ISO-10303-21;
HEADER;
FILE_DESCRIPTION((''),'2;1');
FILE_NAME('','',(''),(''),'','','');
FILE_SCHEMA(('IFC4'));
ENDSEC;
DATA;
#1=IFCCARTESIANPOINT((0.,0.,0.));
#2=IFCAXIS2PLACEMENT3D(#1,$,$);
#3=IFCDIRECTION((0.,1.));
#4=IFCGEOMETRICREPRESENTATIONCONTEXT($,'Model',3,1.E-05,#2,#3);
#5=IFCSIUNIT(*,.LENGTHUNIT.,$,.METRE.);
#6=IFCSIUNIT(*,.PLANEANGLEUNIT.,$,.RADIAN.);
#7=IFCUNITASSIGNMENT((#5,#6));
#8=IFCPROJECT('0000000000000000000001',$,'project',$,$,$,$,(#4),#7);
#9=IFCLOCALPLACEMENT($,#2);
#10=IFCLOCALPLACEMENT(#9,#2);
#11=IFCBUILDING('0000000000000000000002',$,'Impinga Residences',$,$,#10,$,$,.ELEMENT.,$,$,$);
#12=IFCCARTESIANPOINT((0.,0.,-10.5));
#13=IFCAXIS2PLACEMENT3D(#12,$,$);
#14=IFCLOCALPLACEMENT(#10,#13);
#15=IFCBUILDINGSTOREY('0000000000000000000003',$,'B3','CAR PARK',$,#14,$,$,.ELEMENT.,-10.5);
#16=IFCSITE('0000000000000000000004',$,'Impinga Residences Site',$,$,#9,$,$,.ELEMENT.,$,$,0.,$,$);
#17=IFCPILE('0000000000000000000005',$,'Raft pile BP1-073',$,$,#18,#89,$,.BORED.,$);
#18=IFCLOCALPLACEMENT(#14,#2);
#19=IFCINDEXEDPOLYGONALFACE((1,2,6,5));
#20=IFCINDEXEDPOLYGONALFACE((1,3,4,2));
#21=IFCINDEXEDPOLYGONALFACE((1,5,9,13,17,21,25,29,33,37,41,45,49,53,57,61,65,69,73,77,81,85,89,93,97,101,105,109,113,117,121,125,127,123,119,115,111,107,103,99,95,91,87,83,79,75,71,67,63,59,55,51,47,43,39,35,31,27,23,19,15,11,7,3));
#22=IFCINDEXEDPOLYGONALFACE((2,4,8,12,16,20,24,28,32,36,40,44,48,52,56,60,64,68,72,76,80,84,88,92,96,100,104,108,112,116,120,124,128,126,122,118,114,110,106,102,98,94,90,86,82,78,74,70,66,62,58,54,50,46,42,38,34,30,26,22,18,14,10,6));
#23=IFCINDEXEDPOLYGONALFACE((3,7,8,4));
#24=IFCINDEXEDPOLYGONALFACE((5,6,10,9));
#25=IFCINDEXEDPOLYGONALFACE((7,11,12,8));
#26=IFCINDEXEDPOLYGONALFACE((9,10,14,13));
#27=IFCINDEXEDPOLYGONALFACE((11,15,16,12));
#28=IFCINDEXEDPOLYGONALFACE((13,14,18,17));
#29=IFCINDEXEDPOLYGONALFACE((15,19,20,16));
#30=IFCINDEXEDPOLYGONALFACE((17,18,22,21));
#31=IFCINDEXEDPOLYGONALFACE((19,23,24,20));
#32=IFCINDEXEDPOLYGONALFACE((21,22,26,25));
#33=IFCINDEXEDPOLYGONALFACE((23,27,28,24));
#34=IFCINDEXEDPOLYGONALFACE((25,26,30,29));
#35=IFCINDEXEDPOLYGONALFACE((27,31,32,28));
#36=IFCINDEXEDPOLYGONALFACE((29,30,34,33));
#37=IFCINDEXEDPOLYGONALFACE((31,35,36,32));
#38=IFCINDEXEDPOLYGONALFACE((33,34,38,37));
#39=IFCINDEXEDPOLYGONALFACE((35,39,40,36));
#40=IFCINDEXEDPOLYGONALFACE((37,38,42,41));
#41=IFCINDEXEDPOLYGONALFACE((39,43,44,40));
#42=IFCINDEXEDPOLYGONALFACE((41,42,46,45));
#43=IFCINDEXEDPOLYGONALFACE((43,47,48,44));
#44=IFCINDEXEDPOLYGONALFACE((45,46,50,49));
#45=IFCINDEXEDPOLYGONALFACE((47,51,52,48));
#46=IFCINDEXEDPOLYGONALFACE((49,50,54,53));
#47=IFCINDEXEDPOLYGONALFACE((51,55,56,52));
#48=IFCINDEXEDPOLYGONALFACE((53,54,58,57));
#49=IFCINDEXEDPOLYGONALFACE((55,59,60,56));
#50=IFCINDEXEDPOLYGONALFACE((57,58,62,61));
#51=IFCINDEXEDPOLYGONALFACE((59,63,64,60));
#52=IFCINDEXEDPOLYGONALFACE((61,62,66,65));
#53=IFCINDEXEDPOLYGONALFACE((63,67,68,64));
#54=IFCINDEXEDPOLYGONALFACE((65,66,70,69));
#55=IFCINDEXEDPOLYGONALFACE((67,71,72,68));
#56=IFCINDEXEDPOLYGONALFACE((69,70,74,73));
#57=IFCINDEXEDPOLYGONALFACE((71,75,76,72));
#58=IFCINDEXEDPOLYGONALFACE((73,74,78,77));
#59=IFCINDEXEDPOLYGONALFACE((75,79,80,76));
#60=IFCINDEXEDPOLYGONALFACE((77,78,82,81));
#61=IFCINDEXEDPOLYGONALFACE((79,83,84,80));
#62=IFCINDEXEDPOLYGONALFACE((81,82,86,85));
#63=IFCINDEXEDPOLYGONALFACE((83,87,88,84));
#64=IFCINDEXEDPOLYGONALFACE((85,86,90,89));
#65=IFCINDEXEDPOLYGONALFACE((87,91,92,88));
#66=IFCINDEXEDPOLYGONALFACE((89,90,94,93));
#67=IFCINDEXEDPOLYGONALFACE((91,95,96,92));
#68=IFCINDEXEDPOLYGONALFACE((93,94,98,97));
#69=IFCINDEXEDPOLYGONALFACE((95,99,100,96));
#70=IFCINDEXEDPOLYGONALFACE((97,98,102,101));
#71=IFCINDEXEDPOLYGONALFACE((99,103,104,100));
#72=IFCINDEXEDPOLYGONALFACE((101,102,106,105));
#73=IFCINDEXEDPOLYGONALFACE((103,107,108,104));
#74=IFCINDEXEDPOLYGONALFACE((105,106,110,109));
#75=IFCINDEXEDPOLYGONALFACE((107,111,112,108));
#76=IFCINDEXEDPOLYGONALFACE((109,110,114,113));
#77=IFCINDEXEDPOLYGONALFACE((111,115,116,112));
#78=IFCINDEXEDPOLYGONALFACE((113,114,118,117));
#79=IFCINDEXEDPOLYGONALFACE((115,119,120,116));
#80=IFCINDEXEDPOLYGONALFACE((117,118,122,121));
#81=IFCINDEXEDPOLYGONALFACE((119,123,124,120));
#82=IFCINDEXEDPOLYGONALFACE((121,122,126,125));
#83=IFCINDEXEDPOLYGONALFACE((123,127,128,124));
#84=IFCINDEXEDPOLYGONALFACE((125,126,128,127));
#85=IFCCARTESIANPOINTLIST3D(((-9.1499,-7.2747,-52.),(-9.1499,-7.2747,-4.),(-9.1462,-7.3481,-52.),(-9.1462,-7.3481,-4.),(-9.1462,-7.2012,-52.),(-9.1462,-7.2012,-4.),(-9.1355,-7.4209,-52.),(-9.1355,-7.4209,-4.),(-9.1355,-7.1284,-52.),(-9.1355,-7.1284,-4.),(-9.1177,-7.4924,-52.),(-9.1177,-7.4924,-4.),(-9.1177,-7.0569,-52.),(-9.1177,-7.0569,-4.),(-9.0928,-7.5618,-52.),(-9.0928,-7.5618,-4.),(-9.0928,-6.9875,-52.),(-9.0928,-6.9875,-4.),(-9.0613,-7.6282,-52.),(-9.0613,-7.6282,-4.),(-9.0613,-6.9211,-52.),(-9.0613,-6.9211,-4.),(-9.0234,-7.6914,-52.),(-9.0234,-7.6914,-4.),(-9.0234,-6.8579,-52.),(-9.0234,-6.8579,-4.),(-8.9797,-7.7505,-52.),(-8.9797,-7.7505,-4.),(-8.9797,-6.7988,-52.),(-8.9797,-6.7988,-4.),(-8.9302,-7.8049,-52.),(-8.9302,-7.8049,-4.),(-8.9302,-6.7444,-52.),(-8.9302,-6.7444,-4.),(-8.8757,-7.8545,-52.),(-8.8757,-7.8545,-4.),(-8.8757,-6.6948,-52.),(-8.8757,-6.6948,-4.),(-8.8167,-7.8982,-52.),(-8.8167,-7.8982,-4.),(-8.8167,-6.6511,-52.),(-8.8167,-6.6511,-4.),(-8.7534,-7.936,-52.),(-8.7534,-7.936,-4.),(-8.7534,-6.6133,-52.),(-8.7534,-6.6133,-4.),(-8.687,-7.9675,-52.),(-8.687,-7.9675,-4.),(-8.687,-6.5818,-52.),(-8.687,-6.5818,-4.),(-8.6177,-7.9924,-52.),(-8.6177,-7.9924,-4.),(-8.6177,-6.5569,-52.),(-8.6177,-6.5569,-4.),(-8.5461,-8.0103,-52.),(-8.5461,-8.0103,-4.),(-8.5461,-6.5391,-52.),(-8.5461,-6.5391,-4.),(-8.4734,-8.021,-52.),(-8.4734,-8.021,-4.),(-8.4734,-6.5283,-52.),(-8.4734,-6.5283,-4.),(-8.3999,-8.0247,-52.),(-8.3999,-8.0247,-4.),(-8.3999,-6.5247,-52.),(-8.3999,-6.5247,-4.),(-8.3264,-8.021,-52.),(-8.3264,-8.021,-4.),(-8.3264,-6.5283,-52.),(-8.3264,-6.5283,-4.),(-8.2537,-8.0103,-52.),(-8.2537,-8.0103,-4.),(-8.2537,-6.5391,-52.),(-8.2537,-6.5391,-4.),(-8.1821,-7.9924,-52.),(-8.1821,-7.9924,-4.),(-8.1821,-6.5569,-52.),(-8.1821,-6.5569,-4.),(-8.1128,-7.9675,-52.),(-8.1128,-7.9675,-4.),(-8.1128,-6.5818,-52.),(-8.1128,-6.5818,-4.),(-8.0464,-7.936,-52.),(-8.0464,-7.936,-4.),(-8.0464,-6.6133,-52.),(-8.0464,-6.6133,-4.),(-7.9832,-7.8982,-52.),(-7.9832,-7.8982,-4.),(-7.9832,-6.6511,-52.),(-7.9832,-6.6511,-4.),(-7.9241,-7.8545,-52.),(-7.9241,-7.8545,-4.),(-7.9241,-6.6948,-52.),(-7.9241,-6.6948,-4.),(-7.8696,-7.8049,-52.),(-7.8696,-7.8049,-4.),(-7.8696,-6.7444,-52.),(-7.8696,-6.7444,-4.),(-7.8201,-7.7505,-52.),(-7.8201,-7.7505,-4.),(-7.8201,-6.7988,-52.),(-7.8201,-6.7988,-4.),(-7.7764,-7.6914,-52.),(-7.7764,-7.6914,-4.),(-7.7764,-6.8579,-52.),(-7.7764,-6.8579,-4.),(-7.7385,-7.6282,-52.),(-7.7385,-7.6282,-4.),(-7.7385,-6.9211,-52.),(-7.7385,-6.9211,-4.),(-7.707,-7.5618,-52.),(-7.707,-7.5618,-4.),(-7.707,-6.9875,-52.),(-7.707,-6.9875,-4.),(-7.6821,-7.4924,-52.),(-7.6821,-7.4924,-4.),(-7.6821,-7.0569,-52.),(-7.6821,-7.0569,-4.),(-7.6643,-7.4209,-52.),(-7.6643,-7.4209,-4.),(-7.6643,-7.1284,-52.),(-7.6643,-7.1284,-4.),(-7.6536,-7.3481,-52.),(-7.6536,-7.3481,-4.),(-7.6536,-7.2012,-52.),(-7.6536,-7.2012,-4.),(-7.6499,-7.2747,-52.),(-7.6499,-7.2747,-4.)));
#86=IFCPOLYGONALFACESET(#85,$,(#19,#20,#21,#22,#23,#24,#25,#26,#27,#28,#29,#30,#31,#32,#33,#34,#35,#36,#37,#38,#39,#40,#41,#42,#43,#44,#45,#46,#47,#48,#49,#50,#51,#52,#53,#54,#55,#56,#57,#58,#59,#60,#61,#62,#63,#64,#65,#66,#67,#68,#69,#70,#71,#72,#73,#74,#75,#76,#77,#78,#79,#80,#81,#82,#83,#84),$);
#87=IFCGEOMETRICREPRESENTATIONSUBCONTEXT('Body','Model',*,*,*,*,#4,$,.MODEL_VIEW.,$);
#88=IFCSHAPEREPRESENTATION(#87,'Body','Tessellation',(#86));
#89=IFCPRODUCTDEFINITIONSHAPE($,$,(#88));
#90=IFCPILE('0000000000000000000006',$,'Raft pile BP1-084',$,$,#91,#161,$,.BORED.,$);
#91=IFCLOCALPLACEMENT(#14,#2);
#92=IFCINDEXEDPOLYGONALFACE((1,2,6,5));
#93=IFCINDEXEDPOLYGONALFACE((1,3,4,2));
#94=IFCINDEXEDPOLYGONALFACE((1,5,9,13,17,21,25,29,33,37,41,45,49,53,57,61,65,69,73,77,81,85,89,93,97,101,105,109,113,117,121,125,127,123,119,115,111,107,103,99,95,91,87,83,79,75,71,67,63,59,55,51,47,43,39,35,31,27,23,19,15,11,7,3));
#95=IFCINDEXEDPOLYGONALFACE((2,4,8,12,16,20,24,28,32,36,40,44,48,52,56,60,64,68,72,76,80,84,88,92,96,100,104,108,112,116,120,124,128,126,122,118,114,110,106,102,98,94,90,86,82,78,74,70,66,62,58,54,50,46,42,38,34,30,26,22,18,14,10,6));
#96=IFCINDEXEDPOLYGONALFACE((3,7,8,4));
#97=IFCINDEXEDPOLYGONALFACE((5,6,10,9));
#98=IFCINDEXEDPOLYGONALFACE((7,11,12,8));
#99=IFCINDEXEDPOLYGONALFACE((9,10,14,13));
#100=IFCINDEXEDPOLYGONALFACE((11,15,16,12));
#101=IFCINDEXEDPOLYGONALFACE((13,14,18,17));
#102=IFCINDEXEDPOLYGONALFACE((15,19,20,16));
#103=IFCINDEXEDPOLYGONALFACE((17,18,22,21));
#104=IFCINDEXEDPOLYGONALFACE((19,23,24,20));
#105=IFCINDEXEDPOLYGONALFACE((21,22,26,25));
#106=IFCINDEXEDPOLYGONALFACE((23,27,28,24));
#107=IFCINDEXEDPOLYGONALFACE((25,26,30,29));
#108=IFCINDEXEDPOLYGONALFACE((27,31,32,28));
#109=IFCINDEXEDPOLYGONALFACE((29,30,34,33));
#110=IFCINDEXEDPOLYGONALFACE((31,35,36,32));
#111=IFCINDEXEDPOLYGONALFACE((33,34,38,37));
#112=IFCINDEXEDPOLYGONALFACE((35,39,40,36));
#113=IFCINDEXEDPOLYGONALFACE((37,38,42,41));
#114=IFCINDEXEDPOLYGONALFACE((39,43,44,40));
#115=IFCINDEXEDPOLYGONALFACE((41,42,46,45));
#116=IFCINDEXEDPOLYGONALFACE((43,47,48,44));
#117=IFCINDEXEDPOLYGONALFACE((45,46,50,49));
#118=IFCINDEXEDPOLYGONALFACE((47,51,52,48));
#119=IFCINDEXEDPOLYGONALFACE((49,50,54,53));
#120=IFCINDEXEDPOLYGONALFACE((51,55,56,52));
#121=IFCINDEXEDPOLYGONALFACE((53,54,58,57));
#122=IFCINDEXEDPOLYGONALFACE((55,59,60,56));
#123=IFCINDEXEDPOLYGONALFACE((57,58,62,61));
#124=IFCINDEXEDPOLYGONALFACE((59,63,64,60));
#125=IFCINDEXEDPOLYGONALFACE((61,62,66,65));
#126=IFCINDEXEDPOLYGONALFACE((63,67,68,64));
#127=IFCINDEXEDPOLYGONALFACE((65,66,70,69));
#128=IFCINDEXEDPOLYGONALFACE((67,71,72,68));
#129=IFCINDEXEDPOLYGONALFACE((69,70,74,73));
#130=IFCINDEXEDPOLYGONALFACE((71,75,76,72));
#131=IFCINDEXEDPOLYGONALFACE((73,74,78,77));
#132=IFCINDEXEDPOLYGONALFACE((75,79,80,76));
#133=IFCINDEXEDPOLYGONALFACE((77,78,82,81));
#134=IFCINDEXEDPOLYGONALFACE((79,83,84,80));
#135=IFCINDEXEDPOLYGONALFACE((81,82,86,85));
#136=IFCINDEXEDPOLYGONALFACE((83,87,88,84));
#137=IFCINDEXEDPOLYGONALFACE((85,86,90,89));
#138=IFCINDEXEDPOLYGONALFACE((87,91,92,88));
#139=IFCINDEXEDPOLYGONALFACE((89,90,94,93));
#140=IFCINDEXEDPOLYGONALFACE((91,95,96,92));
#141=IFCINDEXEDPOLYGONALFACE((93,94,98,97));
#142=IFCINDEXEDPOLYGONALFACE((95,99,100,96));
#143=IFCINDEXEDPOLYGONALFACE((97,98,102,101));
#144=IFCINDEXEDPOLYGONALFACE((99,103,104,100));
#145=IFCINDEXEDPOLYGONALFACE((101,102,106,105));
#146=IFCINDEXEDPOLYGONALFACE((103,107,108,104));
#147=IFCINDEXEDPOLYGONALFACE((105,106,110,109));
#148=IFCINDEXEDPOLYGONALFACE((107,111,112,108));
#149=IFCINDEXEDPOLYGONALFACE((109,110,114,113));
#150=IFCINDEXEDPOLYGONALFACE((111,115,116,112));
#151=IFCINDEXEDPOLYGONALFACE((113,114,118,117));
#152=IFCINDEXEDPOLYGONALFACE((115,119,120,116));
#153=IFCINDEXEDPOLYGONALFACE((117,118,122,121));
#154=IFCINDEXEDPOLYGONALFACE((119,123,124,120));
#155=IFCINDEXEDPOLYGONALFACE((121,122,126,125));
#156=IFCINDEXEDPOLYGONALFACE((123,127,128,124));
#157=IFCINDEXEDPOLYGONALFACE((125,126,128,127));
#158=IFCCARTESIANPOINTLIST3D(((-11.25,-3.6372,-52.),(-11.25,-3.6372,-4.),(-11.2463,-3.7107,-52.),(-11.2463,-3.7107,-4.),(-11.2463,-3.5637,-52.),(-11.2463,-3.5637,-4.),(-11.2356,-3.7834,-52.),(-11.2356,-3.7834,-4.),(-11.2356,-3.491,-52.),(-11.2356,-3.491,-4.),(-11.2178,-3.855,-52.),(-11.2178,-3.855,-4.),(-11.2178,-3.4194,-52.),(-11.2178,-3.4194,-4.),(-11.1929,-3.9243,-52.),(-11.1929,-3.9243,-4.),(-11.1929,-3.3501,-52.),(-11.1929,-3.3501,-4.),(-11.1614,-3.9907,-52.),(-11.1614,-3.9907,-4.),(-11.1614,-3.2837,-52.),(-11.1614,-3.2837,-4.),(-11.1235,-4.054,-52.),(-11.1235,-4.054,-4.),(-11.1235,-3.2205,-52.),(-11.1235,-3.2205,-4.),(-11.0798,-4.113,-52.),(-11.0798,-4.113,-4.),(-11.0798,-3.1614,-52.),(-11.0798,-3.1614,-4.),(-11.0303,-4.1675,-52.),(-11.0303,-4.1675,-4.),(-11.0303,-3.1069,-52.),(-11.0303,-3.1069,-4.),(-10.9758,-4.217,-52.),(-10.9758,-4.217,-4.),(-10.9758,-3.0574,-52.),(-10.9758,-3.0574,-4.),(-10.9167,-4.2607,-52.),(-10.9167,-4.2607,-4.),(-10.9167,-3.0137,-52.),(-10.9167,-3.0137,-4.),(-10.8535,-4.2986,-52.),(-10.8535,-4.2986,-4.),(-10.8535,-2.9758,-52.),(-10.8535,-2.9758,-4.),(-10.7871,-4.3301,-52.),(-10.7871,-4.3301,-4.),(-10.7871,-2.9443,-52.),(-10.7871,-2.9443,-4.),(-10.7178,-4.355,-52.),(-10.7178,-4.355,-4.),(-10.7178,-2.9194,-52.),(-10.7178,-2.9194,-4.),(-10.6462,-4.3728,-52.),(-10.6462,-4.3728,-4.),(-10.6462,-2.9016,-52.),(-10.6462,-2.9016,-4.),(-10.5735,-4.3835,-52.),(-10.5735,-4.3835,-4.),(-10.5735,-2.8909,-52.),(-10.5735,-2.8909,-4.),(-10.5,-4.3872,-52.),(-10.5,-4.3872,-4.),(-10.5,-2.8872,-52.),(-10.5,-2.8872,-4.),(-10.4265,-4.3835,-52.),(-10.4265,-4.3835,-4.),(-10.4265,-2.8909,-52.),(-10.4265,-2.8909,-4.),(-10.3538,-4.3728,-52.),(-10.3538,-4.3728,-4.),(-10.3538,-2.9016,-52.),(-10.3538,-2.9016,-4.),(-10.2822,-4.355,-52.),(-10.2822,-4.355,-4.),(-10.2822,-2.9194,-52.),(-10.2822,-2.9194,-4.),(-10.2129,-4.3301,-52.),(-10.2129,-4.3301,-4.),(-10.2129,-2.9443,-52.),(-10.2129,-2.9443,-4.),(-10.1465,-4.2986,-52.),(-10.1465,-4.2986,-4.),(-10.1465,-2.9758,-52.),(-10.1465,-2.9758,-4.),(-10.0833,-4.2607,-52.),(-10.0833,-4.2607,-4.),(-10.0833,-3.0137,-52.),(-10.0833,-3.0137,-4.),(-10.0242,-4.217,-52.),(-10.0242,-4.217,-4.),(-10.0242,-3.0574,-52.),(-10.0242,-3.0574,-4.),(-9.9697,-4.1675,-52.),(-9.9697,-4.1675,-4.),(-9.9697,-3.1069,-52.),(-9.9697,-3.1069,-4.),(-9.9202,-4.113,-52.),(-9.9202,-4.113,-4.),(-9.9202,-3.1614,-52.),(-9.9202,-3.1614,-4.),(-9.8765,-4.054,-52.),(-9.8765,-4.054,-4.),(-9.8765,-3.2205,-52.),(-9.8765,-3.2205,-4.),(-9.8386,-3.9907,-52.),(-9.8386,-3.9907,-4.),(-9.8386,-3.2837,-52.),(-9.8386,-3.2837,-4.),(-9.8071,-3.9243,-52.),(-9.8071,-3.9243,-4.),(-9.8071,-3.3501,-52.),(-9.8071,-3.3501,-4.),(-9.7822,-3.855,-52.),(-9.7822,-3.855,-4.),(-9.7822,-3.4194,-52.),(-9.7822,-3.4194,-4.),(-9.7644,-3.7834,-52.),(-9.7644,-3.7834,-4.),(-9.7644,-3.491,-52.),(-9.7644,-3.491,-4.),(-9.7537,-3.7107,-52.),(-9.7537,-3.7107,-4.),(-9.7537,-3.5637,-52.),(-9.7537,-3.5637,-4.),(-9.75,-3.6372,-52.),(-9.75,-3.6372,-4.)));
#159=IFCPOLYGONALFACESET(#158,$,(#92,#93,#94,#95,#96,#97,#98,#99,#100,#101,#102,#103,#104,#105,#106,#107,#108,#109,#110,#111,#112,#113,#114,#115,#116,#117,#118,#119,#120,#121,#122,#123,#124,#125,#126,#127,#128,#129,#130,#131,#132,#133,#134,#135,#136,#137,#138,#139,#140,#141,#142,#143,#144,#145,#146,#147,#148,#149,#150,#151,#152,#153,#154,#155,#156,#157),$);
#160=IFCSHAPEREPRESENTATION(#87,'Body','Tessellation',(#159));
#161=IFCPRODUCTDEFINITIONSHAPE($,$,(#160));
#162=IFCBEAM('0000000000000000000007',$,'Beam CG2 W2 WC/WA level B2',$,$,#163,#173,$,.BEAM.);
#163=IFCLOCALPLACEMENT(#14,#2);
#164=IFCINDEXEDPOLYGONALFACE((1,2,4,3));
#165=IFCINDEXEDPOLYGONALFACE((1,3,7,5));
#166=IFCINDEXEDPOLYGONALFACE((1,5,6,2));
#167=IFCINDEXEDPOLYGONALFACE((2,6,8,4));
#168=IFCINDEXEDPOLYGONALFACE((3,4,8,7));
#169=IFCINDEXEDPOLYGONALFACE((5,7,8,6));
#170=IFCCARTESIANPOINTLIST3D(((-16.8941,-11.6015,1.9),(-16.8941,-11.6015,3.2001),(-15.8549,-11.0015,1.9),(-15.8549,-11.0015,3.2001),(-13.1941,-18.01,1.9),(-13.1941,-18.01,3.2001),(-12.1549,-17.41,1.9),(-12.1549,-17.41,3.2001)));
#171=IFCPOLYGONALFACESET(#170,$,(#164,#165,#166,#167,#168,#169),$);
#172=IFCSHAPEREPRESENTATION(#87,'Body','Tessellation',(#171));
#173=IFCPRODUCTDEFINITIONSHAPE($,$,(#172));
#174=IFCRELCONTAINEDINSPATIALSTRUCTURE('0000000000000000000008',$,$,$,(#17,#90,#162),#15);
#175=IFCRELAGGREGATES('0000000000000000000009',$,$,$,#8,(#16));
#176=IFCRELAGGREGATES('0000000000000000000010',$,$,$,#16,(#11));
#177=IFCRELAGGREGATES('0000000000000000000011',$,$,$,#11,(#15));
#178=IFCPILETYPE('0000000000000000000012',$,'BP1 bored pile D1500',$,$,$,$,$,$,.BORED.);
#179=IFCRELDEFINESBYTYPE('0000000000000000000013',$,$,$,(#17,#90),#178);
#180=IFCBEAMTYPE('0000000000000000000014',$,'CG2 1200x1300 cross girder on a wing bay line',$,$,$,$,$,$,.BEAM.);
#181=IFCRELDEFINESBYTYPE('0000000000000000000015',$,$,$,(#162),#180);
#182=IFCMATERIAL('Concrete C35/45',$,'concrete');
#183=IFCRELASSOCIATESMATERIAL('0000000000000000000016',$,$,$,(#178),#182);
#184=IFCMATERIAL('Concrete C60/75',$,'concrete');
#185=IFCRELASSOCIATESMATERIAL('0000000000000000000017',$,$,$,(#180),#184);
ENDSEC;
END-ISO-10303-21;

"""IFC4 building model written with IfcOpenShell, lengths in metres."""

from ifc_helpers import new_model, si_unit, direction, frame, origin, origin_2d, place, context, subcontext, project, spatial, polyline, rectangle, circle, outline, extrude, material, material_profile, profile_set, type_object, element, save


model = new_model("IFC4")

# Units and contexts
model_context = context("Model", 3, precision=1e-05, world=origin(), true_north=direction((0.0, 1.0)))
body_context = subcontext(model_context, "Body", "Model", "MODEL_VIEW")
ifc_project = project(units=[si_unit("LENGTHUNIT", "METRE"), si_unit("PLANEANGLEUNIT", "RADIAN")], contexts=[model_context])

# Site, building, storey
site_placement = place(None, origin())
site = spatial("IfcSite", under=ifc_project, at=site_placement, Name="Impinga Residences Site", CompositionType="ELEMENT", RefElevation=0.0)
building_placement = place(site_placement, origin())
building = spatial("IfcBuilding", under=site, at=building_placement, Name="Impinga Residences", CompositionType="ELEMENT")
storey_placement = place(building_placement, frame((0.0, 0.0, -10.5)))
storey = spatial("IfcBuildingStorey", under=building, at=storey_placement, Name="B3", Description="CAR PARK", CompositionType="ELEMENT", Elevation=-10.5)

# Piles
ifc_material_1 = material(Name="Concrete C35/45", Category="concrete")
ifc_material_profile_1 = material_profile(ifc_material_1, circle(Radius=0.75, at=origin_2d()), Name="D1500")
ifc_profile_set_1 = profile_set([ifc_material_profile_1], Name="Concrete C35/45")
pile_type = type_object("IfcPileType", Name="BP1 bored pile D1500", PredefinedType="BORED", material=ifc_profile_set_1)
pile_1_placement = place(storey_placement, frame((-8.3999, -7.2747, -4.0), z_axis=(0.0, 0.0, -1.0), x_axis=(1.0, 0.0, 0.0)))
element("IfcPile", 1, at=pile_1_placement, inside=storey, type_object=pile_type, Name="Raft pile BP1-073", PredefinedType="BORED", context=body_context, shape_type="SweptSolid", body=[
    extrude(outline(polyline([(0.75, 0.0), (0.7463, 0.0735), (0.7356, 0.1462), (0.7178, 0.2178), (0.6929, 0.2871), (0.6614, 0.3535), (0.6235, 0.4167), (0.5798, 0.4758), (0.5303, 0.5303), (0.4758, 0.5798), (0.4167, 0.6235), (0.3535, 0.6614), (0.2871, 0.6929), (0.2178, 0.7178), (0.1462, 0.7356), (0.0735, 0.7463), (0.0, 0.75), (-0.0735, 0.7463), (-0.1462, 0.7356), (-0.2178, 0.7178), (-0.2871, 0.6929), (-0.3535, 0.6614), (-0.4167, 0.6235), (-0.4758, 0.5798), (-0.5303, 0.5303), (-0.5798, 0.4758), (-0.6235, 0.4167), (-0.6614, 0.3535), (-0.6929, 0.2871), (-0.7178, 0.2178), (-0.7356, 0.1462), (-0.7463, 0.0735), (-0.75, 0.0), (-0.7463, -0.0735), (-0.7356, -0.1462), (-0.7178, -0.2178), (-0.6929, -0.2871), (-0.6614, -0.3535), (-0.6235, -0.4167), (-0.5798, -0.4758), (-0.5303, -0.5303), (-0.4758, -0.5798), (-0.4167, -0.6235), (-0.3535, -0.6614), (-0.2871, -0.6929), (-0.2178, -0.7178), (-0.1462, -0.7356), (-0.0735, -0.7463), (0.0, -0.75), (0.0735, -0.7463), (0.1462, -0.7356), (0.2178, -0.7178), (0.2871, -0.6929), (0.3535, -0.6614), (0.4167, -0.6235), (0.4758, -0.5798), (0.5303, -0.5303), (0.5798, -0.4758), (0.6235, -0.4167), (0.6614, -0.3535), (0.6929, -0.2871), (0.7178, -0.2178), (0.7356, -0.1462), (0.7463, -0.0735), (0.75, 0.0)])), origin(), (0.0, 0.0, 1.0), 48.0),
])
pile_2_placement = place(storey_placement, frame((-10.5, -3.6372, -4.0), z_axis=(0.0, 0.0, -1.0), x_axis=(1.0, 0.0, 0.0)))
element("IfcPile", 2, at=pile_2_placement, inside=storey, type_object=pile_type, Name="Raft pile BP1-084", PredefinedType="BORED", context=body_context, shape_type="SweptSolid", body=[
    extrude(outline(polyline([(0.75, 0.0), (0.7463, 0.0735), (0.7356, 0.1462), (0.7178, 0.2178), (0.6929, 0.2871), (0.6614, 0.3535), (0.6235, 0.4167), (0.5798, 0.4758), (0.5303, 0.5303), (0.4758, 0.5798), (0.4167, 0.6235), (0.3535, 0.6614), (0.2871, 0.6929), (0.2178, 0.7178), (0.1462, 0.7356), (0.0735, 0.7463), (0.0, 0.75), (-0.0735, 0.7463), (-0.1462, 0.7356), (-0.2178, 0.7178), (-0.2871, 0.6929), (-0.3535, 0.6614), (-0.4167, 0.6235), (-0.4758, 0.5798), (-0.5303, 0.5303), (-0.5798, 0.4758), (-0.6235, 0.4167), (-0.6614, 0.3535), (-0.6929, 0.2871), (-0.7178, 0.2178), (-0.7356, 0.1462), (-0.7463, 0.0735), (-0.75, 0.0), (-0.7463, -0.0735), (-0.7356, -0.1462), (-0.7178, -0.2178), (-0.6929, -0.2871), (-0.6614, -0.3535), (-0.6235, -0.4167), (-0.5798, -0.4758), (-0.5303, -0.5303), (-0.4758, -0.5798), (-0.4167, -0.6235), (-0.3535, -0.6614), (-0.2871, -0.6929), (-0.2178, -0.7178), (-0.1462, -0.7356), (-0.0735, -0.7463), (0.0, -0.75), (0.0735, -0.7463), (0.1462, -0.7356), (0.2178, -0.7178), (0.2871, -0.6929), (0.3535, -0.6614), (0.4167, -0.6235), (0.4758, -0.5798), (0.5303, -0.5303), (0.5798, -0.4758), (0.6235, -0.4167), (0.6614, -0.3535), (0.6929, -0.2871), (0.7178, -0.2178), (0.7356, -0.1462), (0.7463, -0.0735), (0.75, 0.0)])), origin(), (0.0, 0.0, 1.0), 48.0),
])

# Beam
ifc_material_2 = material(Name="Concrete C60/75", Category="concrete")
ifc_material_profile_2 = material_profile(ifc_material_2, rectangle(XDim=1.2, YDim=1.3, at=origin_2d()), Name="RC 1200x1300")
ifc_profile_set_2 = profile_set([ifc_material_profile_2], Name="Concrete C60/75")
beam_type_1 = type_object("IfcBeamType", Name="CG2 1200x1300 cross girder on a wing bay line", PredefinedType="BEAM", material=ifc_profile_set_2)
beam_1_placement = place(storey_placement, frame((-16.3745, -11.3015, 2.55), z_axis=(0.500003, -0.866024, 0.0), x_axis=(0.866024, 0.500003, 0.0)))
element("IfcBeam", 3, at=beam_1_placement, inside=storey, type_object=beam_type_1, Name="Beam CG2 W2 WC/WA level B2", PredefinedType="BEAM", context=body_context, shape_type="SweptSolid", body=[
    extrude(rectangle(XDim=1.2, YDim=1.3, at=origin_2d()), origin(), (0.0, 0.0, 1.0), 7.3999),
])

save(model, "model.ifc")
